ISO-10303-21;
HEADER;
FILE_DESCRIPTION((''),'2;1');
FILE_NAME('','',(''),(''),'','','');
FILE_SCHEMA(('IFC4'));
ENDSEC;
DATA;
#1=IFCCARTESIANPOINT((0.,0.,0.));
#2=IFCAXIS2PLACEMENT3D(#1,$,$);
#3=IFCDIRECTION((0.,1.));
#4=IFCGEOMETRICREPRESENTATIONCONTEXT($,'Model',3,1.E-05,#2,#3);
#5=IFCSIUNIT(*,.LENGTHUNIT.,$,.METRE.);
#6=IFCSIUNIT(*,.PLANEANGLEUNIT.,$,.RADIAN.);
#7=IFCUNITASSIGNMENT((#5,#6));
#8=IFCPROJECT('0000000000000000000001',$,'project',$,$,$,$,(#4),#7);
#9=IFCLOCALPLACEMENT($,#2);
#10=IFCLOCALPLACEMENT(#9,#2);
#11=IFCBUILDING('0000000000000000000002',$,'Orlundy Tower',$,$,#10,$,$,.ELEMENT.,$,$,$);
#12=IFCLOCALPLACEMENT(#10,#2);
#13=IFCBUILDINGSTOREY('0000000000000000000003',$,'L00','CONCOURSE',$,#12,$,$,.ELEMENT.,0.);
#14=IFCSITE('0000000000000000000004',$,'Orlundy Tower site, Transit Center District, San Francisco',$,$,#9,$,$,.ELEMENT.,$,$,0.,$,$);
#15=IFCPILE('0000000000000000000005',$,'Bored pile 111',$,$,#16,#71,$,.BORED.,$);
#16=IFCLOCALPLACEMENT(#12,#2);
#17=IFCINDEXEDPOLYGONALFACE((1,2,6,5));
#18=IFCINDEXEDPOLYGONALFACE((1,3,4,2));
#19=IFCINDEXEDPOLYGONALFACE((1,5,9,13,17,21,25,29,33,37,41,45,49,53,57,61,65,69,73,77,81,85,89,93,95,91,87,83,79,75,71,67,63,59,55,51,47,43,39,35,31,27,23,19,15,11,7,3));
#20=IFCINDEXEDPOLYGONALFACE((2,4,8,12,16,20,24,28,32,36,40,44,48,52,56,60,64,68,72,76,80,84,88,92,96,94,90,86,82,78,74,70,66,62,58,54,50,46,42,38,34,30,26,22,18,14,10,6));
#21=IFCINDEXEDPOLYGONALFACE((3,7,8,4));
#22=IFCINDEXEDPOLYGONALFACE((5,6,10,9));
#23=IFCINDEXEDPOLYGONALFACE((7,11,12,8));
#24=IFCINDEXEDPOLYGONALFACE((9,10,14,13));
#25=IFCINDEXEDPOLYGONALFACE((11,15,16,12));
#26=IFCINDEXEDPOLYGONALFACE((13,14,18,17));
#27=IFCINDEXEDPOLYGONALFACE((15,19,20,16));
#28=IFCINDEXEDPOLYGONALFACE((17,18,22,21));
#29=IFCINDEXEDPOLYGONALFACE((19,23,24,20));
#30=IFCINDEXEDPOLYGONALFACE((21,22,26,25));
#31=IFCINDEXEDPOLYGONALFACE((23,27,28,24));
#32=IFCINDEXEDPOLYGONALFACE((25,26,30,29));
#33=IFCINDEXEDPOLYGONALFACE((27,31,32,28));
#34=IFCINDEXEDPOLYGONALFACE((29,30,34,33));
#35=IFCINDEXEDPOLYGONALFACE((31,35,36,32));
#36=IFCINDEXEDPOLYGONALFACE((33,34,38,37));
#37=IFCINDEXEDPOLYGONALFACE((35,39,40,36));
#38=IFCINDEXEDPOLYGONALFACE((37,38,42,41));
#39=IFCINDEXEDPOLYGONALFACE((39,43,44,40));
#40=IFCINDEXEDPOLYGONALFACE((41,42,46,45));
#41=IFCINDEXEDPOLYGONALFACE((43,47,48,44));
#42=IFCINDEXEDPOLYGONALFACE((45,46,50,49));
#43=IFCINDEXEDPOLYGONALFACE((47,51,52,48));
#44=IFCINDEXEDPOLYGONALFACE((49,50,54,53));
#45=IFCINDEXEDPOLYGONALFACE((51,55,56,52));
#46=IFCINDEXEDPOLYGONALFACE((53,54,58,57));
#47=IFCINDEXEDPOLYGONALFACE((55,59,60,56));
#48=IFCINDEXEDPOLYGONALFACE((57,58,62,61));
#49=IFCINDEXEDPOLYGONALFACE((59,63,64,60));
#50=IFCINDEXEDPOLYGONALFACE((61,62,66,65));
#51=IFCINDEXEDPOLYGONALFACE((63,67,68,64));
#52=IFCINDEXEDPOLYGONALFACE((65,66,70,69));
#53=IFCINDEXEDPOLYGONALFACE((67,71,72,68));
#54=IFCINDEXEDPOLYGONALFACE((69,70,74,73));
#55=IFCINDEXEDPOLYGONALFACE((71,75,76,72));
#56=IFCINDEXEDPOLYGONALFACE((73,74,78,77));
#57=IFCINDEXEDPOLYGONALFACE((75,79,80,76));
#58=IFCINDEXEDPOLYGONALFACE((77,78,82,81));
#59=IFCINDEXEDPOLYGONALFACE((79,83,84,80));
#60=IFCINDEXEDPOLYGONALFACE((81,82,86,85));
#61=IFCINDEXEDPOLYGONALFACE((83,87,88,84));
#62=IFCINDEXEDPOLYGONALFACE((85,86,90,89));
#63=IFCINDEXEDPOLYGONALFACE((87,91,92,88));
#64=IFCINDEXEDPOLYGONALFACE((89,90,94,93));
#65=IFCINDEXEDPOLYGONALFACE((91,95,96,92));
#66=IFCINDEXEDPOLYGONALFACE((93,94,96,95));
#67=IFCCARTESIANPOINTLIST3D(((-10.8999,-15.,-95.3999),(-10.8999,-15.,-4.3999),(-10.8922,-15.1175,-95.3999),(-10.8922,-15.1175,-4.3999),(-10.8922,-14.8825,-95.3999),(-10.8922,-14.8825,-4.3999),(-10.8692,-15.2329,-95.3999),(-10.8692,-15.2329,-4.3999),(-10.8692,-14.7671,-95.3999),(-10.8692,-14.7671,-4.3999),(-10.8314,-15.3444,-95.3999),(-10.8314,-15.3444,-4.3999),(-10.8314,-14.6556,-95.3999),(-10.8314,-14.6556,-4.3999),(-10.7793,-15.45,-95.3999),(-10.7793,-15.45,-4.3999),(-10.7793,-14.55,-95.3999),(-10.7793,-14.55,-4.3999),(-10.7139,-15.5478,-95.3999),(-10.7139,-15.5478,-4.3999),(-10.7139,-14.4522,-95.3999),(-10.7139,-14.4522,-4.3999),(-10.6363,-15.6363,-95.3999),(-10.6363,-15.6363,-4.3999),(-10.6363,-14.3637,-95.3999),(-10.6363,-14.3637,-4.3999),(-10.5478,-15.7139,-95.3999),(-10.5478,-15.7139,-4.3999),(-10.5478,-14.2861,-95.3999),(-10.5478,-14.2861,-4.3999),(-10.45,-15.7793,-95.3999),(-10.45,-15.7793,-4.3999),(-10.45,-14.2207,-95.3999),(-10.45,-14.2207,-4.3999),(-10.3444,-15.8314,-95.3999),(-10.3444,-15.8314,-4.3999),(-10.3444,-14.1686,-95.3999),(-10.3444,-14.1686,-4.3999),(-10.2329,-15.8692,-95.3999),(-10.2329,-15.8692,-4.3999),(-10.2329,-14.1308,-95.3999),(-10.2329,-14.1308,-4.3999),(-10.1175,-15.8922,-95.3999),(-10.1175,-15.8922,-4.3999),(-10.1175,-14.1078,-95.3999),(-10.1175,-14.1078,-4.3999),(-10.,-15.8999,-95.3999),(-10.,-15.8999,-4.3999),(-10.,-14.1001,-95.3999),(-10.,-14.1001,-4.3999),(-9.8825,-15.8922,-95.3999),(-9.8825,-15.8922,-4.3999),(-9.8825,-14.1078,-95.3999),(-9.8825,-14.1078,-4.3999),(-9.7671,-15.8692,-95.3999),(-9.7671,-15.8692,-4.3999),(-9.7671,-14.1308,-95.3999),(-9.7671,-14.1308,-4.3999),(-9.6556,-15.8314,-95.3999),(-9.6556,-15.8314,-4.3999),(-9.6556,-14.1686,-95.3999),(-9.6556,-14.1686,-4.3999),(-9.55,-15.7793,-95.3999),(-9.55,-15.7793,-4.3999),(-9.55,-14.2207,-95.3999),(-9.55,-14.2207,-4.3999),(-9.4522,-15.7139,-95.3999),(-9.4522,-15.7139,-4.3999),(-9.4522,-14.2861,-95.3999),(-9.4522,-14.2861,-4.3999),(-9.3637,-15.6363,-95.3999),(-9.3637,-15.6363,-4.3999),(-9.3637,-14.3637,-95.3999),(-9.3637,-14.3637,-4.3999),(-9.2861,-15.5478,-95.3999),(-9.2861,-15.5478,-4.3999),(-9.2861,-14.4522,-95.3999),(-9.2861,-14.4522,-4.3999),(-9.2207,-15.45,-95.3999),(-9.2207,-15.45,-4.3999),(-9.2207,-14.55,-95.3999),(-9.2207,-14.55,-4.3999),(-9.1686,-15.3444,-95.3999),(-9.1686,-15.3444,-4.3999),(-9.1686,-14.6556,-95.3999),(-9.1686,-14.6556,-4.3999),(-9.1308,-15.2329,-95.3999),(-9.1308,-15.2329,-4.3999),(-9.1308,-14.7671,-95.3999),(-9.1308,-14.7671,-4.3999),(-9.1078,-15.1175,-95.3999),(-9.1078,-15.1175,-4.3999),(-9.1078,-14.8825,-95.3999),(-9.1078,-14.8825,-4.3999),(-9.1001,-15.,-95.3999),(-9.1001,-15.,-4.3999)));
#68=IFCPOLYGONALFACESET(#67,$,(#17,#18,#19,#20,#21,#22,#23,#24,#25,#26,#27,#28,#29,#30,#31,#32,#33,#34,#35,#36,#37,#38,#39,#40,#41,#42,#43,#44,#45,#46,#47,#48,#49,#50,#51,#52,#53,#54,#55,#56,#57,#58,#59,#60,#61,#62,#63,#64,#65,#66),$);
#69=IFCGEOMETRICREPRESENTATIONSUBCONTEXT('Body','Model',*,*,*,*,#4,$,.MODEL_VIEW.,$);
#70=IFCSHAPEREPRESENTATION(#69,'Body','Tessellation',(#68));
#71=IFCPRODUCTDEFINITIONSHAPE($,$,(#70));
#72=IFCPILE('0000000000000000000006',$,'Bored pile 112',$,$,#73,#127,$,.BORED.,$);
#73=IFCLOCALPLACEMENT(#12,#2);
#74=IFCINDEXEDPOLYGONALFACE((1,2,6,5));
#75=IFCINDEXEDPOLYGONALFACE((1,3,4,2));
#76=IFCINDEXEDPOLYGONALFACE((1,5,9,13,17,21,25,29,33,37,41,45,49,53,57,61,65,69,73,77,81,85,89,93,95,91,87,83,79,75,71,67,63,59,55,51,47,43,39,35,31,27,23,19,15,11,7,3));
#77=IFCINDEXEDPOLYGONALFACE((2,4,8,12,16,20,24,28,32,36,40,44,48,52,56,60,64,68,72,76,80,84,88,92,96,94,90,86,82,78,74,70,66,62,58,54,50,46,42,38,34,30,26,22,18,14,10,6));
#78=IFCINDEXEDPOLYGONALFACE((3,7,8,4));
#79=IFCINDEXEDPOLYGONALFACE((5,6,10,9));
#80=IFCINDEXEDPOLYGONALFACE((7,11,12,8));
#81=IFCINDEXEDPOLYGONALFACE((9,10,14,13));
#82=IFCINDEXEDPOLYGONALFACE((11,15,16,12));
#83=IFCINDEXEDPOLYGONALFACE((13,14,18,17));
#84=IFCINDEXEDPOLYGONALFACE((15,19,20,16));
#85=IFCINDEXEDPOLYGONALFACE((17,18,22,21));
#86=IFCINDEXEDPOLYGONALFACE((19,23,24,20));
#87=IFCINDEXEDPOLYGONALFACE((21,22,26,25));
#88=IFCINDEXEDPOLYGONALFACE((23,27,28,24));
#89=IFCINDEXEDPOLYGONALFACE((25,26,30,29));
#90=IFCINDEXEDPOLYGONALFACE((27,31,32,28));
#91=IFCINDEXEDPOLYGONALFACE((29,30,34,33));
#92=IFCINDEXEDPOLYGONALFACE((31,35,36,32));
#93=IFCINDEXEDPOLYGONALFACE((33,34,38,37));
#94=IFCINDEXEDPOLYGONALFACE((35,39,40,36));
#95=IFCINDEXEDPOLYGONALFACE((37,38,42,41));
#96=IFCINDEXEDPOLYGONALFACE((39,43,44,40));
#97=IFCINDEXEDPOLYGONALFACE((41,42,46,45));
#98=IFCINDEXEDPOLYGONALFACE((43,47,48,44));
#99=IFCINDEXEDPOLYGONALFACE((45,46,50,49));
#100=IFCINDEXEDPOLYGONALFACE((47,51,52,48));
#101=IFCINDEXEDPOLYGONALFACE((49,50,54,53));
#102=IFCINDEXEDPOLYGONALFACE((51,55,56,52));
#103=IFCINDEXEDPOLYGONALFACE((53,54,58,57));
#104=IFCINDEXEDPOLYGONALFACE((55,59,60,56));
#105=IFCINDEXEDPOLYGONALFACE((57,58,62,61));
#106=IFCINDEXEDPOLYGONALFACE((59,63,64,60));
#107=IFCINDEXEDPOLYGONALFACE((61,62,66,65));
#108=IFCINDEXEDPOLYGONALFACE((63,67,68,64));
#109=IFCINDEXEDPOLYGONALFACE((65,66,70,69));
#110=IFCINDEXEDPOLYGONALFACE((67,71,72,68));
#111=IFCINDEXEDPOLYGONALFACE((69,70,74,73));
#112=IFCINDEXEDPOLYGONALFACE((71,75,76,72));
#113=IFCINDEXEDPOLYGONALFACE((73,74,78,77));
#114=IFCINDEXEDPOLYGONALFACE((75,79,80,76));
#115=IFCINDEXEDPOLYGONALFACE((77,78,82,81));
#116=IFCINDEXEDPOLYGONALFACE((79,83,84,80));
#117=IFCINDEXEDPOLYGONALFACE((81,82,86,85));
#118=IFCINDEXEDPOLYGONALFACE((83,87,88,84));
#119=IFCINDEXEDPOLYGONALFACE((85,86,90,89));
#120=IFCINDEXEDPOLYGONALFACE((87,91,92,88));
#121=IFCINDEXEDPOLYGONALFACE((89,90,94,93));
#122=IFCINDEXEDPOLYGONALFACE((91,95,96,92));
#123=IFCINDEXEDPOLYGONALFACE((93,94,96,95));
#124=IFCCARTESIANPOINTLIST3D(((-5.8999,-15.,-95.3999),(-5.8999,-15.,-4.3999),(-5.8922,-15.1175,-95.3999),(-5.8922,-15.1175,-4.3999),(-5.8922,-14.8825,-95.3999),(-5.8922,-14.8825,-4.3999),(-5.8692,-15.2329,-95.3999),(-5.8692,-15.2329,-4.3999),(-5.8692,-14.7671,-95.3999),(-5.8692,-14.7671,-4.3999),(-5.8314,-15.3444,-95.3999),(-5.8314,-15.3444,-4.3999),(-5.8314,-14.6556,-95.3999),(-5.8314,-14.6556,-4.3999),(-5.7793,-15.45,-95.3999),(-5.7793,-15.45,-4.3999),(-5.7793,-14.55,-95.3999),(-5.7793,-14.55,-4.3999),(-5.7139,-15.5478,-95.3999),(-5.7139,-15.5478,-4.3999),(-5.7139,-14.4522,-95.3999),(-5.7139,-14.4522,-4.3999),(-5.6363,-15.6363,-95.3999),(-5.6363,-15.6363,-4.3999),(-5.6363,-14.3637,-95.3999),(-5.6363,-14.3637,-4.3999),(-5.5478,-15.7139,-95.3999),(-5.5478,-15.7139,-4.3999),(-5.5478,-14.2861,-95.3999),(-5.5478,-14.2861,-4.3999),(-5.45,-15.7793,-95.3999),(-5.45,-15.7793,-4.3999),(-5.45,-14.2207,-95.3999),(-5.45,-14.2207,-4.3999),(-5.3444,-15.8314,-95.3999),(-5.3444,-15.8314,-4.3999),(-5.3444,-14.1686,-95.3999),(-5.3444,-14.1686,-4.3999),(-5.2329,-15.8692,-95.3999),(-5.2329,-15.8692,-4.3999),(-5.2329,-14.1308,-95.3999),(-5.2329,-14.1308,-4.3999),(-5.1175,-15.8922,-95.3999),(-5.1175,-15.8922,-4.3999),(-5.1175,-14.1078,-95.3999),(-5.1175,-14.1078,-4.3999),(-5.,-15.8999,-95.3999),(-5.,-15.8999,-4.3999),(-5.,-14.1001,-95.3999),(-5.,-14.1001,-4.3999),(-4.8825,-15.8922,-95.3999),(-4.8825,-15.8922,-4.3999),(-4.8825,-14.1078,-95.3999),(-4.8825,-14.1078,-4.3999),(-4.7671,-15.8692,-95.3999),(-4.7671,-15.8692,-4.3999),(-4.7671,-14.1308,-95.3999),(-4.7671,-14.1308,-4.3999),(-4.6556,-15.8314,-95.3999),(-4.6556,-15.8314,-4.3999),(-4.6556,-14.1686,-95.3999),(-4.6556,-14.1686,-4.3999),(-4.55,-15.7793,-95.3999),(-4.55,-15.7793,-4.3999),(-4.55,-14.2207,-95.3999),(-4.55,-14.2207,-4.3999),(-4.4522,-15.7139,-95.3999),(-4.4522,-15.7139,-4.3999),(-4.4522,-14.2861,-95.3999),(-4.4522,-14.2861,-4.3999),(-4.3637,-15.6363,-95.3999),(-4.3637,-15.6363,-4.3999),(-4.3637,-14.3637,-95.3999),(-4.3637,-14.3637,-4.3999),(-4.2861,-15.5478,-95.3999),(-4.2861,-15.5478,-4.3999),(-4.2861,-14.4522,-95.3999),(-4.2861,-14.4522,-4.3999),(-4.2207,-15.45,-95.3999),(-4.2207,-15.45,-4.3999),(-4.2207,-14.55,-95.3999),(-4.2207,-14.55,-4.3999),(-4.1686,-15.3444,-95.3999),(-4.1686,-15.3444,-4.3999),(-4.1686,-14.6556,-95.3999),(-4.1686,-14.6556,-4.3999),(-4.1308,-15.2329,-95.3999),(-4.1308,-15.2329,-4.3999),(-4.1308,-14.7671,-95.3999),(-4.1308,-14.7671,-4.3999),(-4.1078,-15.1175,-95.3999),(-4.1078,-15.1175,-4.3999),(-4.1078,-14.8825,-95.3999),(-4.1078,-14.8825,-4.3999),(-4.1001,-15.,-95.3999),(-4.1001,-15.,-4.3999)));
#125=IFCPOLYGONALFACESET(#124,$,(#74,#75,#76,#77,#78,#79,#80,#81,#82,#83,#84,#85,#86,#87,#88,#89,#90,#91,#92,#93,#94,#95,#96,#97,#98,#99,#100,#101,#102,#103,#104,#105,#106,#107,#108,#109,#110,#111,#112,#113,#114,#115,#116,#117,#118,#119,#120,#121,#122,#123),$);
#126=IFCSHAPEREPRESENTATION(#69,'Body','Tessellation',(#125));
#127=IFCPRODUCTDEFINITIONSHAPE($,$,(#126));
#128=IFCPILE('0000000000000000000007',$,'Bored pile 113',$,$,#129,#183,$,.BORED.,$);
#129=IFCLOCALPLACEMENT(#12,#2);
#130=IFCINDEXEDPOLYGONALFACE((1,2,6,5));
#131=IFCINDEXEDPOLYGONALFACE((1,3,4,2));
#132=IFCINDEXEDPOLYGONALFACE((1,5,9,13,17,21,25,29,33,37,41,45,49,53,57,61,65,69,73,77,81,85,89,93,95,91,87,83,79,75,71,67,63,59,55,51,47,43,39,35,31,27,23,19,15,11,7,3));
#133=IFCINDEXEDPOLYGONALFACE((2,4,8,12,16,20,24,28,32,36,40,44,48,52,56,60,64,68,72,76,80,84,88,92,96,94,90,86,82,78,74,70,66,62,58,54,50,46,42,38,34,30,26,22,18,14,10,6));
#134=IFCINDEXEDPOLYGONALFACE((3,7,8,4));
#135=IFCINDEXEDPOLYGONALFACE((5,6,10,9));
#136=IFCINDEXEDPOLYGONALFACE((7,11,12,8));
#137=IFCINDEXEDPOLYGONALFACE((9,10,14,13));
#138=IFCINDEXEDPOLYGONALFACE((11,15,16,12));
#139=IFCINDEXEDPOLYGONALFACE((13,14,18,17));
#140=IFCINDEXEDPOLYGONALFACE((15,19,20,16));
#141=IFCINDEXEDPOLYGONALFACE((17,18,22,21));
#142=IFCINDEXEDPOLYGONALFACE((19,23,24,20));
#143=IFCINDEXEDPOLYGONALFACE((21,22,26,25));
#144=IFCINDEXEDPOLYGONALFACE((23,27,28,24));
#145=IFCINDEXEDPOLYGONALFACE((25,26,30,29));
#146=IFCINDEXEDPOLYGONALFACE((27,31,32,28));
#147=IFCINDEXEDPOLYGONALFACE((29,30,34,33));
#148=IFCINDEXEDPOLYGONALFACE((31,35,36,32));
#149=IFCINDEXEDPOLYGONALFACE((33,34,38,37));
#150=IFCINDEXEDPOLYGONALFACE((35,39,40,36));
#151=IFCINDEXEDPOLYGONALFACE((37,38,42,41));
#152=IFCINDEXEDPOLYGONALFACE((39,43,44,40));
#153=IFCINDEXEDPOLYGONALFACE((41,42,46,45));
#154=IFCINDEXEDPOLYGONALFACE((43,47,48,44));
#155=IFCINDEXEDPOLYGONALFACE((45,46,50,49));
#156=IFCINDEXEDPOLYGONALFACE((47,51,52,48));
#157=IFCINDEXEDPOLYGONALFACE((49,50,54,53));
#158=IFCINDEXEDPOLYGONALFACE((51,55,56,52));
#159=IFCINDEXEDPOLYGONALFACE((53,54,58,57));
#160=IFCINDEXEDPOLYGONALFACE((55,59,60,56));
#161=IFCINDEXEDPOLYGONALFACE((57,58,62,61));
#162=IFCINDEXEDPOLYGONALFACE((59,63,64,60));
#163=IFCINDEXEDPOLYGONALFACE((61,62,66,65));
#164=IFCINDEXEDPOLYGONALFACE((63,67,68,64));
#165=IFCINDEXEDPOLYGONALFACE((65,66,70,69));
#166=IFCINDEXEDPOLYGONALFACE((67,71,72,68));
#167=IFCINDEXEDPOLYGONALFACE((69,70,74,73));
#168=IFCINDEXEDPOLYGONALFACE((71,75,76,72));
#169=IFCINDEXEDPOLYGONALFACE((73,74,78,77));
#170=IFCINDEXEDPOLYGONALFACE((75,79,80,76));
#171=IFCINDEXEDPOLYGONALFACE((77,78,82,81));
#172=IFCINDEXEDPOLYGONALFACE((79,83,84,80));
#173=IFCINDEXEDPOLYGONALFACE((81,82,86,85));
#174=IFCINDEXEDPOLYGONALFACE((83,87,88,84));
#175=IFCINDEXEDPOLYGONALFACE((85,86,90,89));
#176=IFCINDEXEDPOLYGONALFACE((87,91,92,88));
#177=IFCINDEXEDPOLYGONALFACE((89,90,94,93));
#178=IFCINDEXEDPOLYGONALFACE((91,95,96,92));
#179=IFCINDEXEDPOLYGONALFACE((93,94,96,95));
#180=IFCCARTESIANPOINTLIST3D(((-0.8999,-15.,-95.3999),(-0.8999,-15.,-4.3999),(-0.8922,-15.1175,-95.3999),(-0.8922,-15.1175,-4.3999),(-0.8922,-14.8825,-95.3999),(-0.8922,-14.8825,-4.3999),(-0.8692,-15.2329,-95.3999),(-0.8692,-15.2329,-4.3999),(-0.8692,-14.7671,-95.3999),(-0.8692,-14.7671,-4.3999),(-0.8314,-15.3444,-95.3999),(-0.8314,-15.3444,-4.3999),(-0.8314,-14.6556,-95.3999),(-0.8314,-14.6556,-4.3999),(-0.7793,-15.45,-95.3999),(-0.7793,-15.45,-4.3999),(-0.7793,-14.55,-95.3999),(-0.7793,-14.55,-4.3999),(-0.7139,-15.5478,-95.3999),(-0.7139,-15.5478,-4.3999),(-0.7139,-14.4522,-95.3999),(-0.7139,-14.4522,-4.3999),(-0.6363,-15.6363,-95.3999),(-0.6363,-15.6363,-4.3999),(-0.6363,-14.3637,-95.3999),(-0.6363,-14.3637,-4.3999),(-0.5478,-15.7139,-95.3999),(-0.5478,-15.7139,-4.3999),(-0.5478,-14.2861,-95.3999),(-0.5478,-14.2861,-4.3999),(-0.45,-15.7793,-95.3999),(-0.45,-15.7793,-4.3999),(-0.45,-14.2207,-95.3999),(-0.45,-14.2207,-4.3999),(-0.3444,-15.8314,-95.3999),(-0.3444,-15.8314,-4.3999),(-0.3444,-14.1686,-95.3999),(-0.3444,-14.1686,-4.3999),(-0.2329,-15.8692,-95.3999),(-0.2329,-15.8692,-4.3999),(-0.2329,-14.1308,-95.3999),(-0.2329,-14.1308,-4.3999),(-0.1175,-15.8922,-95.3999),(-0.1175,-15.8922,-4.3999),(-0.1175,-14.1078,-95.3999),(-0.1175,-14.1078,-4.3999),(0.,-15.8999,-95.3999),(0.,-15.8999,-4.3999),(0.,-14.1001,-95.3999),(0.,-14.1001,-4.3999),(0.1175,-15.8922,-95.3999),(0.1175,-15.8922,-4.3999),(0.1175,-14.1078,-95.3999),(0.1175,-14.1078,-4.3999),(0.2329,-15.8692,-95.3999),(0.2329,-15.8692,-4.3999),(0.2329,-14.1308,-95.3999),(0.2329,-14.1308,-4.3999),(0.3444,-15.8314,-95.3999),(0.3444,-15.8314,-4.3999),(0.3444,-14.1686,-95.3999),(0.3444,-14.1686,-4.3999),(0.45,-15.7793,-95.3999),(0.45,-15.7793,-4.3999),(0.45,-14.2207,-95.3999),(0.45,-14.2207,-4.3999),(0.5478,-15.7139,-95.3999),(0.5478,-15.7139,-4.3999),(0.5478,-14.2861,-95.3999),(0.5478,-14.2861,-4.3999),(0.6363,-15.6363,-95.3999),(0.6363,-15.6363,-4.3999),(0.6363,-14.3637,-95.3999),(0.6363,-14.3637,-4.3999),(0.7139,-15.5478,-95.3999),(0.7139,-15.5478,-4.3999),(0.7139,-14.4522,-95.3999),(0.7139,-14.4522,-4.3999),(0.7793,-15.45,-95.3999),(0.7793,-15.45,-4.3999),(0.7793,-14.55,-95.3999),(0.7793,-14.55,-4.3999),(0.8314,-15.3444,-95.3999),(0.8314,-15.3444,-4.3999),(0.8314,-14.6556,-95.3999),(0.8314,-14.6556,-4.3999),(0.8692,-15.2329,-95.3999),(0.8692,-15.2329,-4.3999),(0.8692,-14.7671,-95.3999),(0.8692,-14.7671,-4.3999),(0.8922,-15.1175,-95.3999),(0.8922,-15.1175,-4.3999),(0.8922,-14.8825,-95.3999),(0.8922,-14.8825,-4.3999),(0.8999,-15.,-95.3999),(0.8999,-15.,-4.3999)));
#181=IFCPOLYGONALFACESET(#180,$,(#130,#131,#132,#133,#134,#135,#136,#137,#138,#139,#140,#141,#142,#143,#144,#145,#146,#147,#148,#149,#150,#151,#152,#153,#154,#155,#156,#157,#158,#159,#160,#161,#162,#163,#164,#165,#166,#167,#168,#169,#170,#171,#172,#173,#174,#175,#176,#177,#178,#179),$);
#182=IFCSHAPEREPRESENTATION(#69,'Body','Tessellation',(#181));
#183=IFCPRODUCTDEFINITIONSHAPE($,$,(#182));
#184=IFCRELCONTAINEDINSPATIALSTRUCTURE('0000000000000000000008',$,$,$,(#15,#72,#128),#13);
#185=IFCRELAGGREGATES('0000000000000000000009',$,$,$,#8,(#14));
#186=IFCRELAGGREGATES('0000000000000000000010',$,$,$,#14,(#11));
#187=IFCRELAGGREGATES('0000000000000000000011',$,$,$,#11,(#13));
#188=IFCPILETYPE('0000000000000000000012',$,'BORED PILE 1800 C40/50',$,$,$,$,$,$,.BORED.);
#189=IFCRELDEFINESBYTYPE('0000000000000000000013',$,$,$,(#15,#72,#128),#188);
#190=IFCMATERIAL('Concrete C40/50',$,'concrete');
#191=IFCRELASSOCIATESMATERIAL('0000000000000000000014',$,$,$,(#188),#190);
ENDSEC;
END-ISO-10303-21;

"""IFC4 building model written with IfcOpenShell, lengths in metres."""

from ifc_helpers import new_model, si_unit, direction, frame, origin, origin_2d, place, context, subcontext, project, spatial, circle, extrude, material, material_profile, profile_set, type_object, element, save


model = new_model("IFC4")

# Units and contexts
model_context = context("Model", 3, precision=1e-05, world=origin(), true_north=direction((0.0, 1.0)))
body_context = subcontext(model_context, "Body", "Model", "MODEL_VIEW")
ifc_project = project(units=[si_unit("LENGTHUNIT", "METRE"), si_unit("PLANEANGLEUNIT", "RADIAN")], contexts=[model_context])

# Site, building, storey
site_placement = place(None, origin())
site = spatial("IfcSite", under=ifc_project, at=site_placement, Name="Orlundy Tower site, Transit Center District, San Francisco", CompositionType="ELEMENT", RefElevation=0.0)
building_placement = place(site_placement, origin())
building = spatial("IfcBuilding", under=site, at=building_placement, Name="Orlundy Tower", CompositionType="ELEMENT")
storey_placement = place(building_placement, origin())
storey = spatial("IfcBuildingStorey", under=building, at=storey_placement, Name="L00", Description="CONCOURSE", CompositionType="ELEMENT", Elevation=0.0)

# Piles
ifc_material_1 = material(Name="Concrete C40/50", Category="concrete")
ifc_material_profile = material_profile(ifc_material_1, circle(Radius=0.8999, at=origin_2d()), Name="BP1800")
ifc_profile_set = profile_set([ifc_material_profile], Name="Concrete C40/50")
pile_type = type_object("IfcPileType", Name="BORED PILE 1800 C40/50", PredefinedType="BORED", material=ifc_profile_set)
for number, where, z_axis, x_axis, name in (
    (1, (-10.0, -15.0, -4.3999), (0.0, 0.0, -1.0), (1.0, 0.0, 0.0), "Bored pile 111"),
    (2, (-5.0, -15.0, -4.3999), (0.0, 0.0, -1.0), (1.0, 0.0, 0.0), "Bored pile 112"),
    (3, (0.0, -15.0, -4.3999), (0.0, 0.0, -1.0), (1.0, 0.0, 0.0), "Bored pile 113"),
):
    element("IfcPile", number, at=place(storey_placement, frame(where, z_axis=z_axis, x_axis=x_axis)), inside=storey, type_object=pile_type, Name=name, PredefinedType="BORED", context=body_context, shape_type="SweptSolid", body=[
        extrude(circle(Radius=0.8999, at=origin_2d()), origin(), (0.0, 0.0, 1.0), 91.0),
    ])

save(model, "model.ifc")
